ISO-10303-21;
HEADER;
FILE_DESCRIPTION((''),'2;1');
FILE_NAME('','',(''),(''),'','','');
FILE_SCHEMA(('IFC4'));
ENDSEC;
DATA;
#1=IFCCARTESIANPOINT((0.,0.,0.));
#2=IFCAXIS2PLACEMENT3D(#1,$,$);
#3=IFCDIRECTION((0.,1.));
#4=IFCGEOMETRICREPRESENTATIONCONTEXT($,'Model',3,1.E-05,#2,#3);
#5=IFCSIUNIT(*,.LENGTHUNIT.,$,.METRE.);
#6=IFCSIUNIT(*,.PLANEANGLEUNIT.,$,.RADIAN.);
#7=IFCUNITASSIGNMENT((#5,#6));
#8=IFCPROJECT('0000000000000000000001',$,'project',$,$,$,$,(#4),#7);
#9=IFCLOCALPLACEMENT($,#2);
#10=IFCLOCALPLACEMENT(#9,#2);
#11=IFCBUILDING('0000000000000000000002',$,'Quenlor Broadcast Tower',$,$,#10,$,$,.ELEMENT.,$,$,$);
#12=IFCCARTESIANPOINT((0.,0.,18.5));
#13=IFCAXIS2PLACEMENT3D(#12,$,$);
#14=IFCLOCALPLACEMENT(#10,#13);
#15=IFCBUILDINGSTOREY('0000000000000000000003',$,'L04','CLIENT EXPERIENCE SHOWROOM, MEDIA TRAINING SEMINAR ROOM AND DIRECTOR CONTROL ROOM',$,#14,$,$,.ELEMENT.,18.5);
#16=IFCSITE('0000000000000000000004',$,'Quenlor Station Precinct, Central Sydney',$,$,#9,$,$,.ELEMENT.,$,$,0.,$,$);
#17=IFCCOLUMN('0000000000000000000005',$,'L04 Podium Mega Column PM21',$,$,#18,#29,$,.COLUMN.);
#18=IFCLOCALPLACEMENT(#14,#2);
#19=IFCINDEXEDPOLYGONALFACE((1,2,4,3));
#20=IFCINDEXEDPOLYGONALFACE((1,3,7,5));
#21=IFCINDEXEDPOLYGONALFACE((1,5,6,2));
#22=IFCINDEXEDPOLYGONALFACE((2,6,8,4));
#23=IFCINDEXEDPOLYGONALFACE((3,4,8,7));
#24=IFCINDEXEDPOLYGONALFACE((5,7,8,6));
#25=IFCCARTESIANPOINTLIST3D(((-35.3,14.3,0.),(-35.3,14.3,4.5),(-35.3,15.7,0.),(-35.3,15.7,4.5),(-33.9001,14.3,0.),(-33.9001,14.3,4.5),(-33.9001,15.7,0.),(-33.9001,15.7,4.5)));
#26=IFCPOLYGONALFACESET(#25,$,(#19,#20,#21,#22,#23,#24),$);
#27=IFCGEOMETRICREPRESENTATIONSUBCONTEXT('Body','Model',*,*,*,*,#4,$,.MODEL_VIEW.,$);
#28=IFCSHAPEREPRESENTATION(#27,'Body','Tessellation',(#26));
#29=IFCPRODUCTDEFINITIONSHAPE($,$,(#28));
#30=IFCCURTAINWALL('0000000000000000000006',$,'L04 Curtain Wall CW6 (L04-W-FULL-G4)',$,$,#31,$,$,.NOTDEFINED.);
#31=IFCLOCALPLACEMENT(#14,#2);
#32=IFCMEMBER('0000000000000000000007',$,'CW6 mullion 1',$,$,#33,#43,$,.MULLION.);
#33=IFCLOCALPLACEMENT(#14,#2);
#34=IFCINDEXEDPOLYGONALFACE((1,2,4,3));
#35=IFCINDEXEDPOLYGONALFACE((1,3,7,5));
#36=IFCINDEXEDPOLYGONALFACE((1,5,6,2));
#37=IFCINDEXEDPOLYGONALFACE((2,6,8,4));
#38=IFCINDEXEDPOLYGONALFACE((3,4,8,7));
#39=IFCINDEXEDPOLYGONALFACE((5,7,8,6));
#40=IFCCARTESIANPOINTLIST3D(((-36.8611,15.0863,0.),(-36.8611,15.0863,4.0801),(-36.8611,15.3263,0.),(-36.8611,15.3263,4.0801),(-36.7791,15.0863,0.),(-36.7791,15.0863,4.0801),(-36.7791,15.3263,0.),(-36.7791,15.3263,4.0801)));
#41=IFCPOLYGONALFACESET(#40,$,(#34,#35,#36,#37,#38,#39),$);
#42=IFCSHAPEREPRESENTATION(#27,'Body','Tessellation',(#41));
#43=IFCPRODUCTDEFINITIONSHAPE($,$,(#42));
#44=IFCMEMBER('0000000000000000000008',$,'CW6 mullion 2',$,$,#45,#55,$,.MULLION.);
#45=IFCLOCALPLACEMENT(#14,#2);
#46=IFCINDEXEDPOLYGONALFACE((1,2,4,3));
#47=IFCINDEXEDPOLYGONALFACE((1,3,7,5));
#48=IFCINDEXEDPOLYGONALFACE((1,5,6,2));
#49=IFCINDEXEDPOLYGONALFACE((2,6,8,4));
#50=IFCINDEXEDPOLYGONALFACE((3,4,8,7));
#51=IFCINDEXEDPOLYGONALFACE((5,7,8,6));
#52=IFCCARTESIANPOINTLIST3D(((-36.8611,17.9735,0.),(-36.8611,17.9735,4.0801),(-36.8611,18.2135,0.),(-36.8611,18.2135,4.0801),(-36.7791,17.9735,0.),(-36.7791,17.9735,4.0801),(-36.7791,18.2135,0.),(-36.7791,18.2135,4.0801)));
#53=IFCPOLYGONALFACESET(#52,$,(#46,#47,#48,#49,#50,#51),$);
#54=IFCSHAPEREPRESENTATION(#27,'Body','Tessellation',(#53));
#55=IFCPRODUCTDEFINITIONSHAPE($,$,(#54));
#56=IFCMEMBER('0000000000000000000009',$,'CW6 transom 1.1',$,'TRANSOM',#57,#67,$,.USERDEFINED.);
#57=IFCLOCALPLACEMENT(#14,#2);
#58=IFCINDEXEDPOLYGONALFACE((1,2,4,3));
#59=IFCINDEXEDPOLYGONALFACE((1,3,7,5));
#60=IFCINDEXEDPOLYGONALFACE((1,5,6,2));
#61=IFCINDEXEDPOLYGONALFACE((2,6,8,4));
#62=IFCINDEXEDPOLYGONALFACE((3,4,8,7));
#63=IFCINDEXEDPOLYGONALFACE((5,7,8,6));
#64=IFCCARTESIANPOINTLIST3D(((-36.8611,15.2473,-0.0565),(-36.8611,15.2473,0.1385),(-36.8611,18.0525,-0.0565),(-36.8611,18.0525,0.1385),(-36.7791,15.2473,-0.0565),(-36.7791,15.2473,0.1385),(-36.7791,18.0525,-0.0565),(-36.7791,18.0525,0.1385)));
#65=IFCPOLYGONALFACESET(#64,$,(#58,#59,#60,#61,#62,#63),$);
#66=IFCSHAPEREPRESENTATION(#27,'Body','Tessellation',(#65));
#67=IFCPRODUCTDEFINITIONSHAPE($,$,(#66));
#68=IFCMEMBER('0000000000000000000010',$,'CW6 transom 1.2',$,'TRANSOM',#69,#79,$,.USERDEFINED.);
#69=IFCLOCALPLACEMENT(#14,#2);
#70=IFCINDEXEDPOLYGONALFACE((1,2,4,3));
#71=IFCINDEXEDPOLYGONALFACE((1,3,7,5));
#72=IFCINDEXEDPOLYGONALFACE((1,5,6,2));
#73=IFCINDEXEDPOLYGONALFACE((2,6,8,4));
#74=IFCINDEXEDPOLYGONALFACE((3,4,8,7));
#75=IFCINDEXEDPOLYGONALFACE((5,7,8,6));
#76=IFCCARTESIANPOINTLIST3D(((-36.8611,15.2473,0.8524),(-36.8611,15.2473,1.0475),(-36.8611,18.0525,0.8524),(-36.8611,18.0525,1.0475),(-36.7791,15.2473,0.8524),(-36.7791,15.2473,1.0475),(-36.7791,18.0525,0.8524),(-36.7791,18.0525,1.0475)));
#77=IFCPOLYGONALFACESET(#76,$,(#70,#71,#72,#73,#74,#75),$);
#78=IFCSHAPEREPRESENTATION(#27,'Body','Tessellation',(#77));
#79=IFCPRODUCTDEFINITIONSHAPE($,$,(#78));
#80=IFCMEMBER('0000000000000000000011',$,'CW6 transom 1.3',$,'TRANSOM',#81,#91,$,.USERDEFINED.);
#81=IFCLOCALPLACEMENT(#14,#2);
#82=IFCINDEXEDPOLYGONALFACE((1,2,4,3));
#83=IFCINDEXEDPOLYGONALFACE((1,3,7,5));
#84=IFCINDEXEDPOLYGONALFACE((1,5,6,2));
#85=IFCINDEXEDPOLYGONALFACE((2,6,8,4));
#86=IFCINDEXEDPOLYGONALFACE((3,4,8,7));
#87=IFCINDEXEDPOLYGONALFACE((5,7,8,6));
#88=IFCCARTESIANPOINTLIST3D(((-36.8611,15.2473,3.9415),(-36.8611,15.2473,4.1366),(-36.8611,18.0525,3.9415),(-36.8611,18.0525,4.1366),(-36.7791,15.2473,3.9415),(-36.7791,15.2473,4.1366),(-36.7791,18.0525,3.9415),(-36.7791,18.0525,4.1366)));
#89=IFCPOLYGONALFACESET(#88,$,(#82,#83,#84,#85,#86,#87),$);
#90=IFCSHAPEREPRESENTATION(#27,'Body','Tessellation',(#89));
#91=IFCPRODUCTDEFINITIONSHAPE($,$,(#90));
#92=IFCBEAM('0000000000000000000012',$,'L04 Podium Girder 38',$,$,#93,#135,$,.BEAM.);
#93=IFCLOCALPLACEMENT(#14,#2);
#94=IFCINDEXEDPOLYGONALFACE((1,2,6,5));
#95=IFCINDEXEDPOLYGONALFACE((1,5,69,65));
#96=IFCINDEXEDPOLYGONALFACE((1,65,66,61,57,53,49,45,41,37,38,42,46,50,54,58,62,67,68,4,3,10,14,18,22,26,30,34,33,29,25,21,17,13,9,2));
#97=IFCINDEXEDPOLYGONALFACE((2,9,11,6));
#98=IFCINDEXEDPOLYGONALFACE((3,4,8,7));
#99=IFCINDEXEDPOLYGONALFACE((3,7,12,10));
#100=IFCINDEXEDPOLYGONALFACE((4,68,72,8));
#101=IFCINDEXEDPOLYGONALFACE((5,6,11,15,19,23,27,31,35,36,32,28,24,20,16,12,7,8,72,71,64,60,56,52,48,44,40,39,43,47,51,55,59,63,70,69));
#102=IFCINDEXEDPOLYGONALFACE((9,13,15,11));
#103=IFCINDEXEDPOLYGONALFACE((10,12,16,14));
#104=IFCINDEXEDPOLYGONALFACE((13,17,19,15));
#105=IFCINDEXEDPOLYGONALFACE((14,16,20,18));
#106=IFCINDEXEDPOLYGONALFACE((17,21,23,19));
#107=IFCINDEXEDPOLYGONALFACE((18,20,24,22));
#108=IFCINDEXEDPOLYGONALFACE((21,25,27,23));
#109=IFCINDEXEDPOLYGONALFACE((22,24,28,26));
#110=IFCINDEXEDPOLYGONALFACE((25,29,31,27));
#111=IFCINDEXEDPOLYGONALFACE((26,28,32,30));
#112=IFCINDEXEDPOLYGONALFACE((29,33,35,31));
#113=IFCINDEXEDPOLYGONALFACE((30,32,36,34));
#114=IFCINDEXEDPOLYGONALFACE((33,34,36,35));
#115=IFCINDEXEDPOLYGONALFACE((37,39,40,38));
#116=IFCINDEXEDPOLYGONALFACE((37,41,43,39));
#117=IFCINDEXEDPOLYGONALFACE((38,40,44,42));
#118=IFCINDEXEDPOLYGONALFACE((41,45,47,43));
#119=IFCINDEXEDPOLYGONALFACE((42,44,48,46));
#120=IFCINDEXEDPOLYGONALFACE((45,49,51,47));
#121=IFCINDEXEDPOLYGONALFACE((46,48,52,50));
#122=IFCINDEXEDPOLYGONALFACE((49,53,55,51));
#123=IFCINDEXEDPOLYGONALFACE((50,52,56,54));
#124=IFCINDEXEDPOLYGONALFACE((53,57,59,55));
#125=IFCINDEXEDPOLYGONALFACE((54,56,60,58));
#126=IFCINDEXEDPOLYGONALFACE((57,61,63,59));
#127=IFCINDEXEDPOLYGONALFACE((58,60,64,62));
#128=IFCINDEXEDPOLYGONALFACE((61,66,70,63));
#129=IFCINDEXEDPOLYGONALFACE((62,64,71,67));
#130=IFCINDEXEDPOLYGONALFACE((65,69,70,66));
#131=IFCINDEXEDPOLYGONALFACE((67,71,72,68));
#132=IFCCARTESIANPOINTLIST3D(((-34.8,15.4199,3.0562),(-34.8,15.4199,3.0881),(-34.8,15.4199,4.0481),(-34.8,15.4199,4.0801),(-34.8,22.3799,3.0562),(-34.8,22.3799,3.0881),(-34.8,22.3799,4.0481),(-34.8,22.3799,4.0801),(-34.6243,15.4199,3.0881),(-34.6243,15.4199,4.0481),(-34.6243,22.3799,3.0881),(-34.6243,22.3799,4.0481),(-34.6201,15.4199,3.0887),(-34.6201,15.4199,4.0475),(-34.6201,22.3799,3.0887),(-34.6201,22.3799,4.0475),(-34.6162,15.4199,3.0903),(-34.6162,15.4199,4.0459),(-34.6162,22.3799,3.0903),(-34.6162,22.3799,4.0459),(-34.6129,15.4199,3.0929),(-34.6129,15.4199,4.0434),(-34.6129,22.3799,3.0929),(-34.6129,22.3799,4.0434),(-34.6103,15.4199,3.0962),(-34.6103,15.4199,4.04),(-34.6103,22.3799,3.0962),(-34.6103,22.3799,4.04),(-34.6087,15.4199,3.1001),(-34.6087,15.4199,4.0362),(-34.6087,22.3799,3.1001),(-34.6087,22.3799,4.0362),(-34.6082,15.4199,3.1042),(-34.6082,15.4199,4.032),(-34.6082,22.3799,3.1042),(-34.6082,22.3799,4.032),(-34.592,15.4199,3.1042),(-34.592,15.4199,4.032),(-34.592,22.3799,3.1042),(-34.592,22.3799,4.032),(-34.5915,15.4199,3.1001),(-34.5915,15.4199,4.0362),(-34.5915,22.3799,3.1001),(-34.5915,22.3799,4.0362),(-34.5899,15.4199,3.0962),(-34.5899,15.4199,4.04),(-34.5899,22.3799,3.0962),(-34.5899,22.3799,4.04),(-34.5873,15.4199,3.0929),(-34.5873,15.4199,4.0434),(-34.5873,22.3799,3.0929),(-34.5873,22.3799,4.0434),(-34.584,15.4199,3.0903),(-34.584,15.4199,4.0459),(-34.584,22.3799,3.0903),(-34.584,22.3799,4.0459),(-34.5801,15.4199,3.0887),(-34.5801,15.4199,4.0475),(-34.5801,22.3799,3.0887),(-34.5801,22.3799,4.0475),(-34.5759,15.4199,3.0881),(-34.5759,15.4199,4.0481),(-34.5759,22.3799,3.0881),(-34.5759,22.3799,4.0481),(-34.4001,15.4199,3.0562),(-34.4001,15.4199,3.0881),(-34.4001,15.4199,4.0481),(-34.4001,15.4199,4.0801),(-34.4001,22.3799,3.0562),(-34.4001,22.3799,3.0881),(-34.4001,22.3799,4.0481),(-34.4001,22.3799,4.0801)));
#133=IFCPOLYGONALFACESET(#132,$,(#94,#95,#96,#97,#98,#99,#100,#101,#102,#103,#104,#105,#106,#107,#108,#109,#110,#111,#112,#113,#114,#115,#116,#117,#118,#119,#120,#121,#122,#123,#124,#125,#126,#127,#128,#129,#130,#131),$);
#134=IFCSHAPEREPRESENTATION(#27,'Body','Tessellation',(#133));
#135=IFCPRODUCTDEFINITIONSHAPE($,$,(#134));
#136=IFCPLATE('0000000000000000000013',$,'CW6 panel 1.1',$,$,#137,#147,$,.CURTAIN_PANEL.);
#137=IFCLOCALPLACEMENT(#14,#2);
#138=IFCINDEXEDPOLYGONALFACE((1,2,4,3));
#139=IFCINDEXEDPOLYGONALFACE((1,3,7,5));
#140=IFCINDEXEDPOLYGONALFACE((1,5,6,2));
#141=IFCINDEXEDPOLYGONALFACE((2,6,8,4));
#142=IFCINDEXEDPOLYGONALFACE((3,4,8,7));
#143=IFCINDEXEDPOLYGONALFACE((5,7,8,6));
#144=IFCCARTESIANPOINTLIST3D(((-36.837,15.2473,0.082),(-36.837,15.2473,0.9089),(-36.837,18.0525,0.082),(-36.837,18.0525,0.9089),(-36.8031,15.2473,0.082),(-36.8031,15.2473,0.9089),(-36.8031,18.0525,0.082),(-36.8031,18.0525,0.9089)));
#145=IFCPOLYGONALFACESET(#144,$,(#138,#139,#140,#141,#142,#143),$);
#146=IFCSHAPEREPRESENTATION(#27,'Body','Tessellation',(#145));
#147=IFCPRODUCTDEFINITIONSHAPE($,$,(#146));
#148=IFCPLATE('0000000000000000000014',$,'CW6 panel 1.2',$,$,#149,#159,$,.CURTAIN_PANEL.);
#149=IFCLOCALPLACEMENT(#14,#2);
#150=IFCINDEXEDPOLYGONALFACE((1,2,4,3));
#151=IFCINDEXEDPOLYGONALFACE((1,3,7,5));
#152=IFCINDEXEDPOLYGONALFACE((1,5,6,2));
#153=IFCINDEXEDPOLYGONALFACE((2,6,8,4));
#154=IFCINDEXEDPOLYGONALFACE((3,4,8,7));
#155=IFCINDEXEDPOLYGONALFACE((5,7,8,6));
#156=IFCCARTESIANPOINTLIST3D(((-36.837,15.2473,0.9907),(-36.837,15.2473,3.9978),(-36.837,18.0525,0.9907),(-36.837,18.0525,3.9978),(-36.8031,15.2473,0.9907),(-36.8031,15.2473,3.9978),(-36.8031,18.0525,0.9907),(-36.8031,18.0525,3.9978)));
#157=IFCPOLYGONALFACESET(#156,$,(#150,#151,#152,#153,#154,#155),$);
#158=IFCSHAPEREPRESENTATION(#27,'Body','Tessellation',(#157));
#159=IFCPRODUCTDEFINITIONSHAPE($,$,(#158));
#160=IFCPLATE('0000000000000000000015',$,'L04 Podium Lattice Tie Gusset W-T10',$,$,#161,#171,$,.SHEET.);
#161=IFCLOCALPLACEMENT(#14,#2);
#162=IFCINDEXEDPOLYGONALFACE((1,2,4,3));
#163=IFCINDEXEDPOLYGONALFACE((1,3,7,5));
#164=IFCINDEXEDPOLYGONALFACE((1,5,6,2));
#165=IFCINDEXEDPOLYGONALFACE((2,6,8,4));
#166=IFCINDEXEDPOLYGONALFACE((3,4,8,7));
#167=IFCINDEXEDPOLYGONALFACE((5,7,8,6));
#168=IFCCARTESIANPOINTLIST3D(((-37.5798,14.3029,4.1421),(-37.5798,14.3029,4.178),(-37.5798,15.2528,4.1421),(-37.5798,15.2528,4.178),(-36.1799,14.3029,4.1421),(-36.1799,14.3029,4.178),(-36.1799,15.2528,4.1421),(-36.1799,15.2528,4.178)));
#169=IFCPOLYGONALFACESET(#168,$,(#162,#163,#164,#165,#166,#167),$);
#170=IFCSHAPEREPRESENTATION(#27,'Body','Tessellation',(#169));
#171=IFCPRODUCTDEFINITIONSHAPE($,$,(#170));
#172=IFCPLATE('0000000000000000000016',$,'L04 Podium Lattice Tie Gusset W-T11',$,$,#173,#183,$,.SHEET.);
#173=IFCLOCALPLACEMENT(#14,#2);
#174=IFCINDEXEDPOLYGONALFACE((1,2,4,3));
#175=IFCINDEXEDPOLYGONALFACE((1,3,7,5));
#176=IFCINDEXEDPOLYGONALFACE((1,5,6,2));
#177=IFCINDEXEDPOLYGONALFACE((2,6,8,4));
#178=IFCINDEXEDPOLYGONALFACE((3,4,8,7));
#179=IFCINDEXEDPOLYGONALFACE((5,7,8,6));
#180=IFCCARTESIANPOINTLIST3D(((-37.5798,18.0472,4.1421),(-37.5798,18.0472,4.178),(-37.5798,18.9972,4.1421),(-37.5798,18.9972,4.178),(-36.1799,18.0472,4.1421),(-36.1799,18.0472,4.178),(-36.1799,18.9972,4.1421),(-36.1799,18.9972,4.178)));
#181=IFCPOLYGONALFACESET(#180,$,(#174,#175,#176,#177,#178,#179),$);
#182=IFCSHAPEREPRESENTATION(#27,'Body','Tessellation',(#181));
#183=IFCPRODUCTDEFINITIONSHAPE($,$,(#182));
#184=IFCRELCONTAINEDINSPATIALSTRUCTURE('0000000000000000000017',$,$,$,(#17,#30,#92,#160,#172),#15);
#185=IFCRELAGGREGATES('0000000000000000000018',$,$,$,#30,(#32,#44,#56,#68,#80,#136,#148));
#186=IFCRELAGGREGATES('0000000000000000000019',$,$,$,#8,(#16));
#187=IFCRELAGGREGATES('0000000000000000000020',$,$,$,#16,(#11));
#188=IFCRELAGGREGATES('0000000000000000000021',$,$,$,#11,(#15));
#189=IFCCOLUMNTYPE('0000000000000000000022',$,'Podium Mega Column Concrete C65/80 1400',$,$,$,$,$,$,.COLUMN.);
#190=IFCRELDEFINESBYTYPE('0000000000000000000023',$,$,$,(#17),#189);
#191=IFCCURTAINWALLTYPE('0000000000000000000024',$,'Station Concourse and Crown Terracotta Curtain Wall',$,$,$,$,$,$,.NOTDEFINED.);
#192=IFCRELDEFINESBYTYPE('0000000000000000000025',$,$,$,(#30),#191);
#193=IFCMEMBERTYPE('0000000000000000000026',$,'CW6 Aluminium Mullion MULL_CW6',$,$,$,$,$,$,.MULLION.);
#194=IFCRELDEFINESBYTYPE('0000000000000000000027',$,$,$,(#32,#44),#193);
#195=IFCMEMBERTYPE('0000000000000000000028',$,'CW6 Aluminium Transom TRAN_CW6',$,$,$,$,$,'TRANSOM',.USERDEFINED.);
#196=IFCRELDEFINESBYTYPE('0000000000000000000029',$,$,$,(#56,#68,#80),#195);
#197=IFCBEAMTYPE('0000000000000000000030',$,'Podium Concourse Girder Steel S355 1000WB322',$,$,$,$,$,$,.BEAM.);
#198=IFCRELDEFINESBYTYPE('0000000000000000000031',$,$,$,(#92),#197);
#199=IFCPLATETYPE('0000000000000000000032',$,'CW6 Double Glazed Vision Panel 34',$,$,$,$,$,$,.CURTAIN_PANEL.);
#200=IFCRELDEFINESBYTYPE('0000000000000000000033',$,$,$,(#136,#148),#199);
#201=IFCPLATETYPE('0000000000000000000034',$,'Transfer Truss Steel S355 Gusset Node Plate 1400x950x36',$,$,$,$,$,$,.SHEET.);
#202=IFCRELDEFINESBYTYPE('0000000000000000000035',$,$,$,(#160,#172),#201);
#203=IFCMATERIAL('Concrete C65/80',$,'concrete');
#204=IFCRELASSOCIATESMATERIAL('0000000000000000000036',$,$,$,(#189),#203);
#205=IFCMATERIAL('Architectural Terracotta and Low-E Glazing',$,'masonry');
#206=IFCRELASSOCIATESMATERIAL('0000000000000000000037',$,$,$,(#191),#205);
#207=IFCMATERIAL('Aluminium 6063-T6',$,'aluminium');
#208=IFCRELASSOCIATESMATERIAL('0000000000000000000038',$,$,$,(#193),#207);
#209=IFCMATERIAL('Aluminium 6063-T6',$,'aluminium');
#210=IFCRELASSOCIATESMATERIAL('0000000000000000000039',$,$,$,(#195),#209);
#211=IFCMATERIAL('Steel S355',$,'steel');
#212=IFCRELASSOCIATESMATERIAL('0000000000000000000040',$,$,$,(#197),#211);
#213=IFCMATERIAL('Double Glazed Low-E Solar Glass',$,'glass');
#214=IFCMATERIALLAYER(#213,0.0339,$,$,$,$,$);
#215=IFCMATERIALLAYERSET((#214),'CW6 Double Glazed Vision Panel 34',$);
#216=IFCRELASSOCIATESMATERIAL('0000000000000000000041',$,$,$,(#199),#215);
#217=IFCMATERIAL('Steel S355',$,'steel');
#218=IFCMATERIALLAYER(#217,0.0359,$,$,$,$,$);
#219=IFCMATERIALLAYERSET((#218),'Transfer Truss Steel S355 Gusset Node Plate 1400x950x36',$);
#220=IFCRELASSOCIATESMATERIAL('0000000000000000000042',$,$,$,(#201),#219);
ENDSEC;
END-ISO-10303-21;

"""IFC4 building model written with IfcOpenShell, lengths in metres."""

from ifc_helpers import new_model, si_unit, direction, frame, origin, origin_2d, place, context, subcontext, project, spatial, rectangle, i_section, extrude, material, layer, layer_set, material_profile, profile_set, type_object, element, aggregate, save


model = new_model("IFC4")

# Units and contexts
model_context = context("Model", 3, precision=1e-05, world=origin(), true_north=direction((0.0, 1.0)))
body_context = subcontext(model_context, "Body", "Model", "MODEL_VIEW")
ifc_project = project(units=[si_unit("LENGTHUNIT", "METRE"), si_unit("PLANEANGLEUNIT", "RADIAN")], contexts=[model_context])

# Site, building, storey
site_placement = place(None, origin())
site = spatial("IfcSite", under=ifc_project, at=site_placement, Name="Quenlor Station Precinct, Central Sydney", CompositionType="ELEMENT", RefElevation=0.0)
building_placement = place(site_placement, origin())
building = spatial("IfcBuilding", under=site, at=building_placement, Name="Quenlor Broadcast Tower", CompositionType="ELEMENT")
storey_placement = place(building_placement, frame((0.0, 0.0, 18.5)))
storey = spatial("IfcBuildingStorey", under=building, at=storey_placement, Name="L04", Description="CLIENT EXPERIENCE SHOWROOM, MEDIA TRAINING SEMINAR ROOM AND DIRECTOR CONTROL ROOM", CompositionType="ELEMENT", Elevation=18.5)

# Column
ifc_material_1 = material(Name="Concrete C65/80", Category="concrete")
ifc_material_profile_1 = material_profile(ifc_material_1, rectangle(XDim=1.3999, YDim=1.3999, at=origin_2d()))
ifc_profile_set_1 = profile_set([ifc_material_profile_1], Name="Concrete C65/80 RC1400x1400")
column_type = type_object("IfcColumnType", Name="Podium Mega Column Concrete C65/80 1400", PredefinedType="COLUMN", material=ifc_profile_set_1)
column_placement = place(storey_placement, frame((-34.6001, 15.0, 0.0), z_axis=(0.0, 0.0, 1.0), x_axis=(1.0, 0.0, 0.0)))
element("IfcColumn", 1, at=column_placement, inside=storey, type_object=column_type, Name="L04 Podium Mega Column PM21", PredefinedType="COLUMN", context=body_context, shape_type="SweptSolid", body=[
    extrude(rectangle(XDim=1.3999, YDim=1.3999, at=origin_2d()), origin(), (0.0, 0.0, 1.0), 4.5),
])

# Curtain wall, members
ifc_material_2 = material(Name="Architectural Terracotta and Low-E Glazing", Category="masonry")
curtain_wall_type = type_object("IfcCurtainWallType", Name="Station Concourse and Crown Terracotta Curtain Wall", PredefinedType="NOTDEFINED", material=ifc_material_2)
curtain_wall_placement = place(storey_placement, origin())
curtain_wall = element("IfcCurtainWall", 2, at=curtain_wall_placement, inside=storey, type_object=curtain_wall_type, Name="L04 Curtain Wall CW6 (L04-W-FULL-G4)", PredefinedType="NOTDEFINED")
ifc_material_3 = material(Name="Aluminium 6063-T6", Category="aluminium")
ifc_material_profile_2 = material_profile(ifc_material_3, rectangle(XDim=0.082, YDim=0.24, at=origin_2d()))
ifc_profile_set_2 = profile_set([ifc_material_profile_2], Name="Aluminium 6063-T6 MULL82x240")
member_type_1 = type_object("IfcMemberType", Name="CW6 Aluminium Mullion MULL_CW6", PredefinedType="MULLION", material=ifc_profile_set_2)
member_1_placement = place(storey_placement, frame((-36.8201, 15.2063, 0.0), z_axis=(0.0, 0.0, 1.0), x_axis=(-1.0, 0.0, 0.0)))
member_1 = element("IfcMember", 3, at=member_1_placement, type_object=member_type_1, Name="CW6 mullion 1", PredefinedType="MULLION", context=body_context, shape_type="SweptSolid", body=[
    extrude(rectangle(XDim=0.082, YDim=0.24, at=origin_2d()), origin(), (0.0, 0.0, 1.0), 4.0801),
])
member_2_placement = place(storey_placement, frame((-36.8201, 18.0935, 0.0), z_axis=(0.0, 0.0, 1.0), x_axis=(-1.0, 0.0, 0.0)))
member_2 = element("IfcMember", 4, at=member_2_placement, type_object=member_type_1, Name="CW6 mullion 2", PredefinedType="MULLION", context=body_context, shape_type="SweptSolid", body=[
    extrude(rectangle(XDim=0.082, YDim=0.24, at=origin_2d()), origin(), (0.0, 0.0, 1.0), 4.0801),
])
ifc_material_4 = material(Name="Aluminium 6063-T6", Category="aluminium")
ifc_material_profile_3 = material_profile(ifc_material_4, rectangle(XDim=0.082, YDim=0.1951, at=origin_2d()))
ifc_profile_set_3 = profile_set([ifc_material_profile_3], Name="Aluminium 6063-T6 TRAN82x195")
member_type_2 = type_object("IfcMemberType", Name="CW6 Aluminium Transom TRAN_CW6", ElementType="TRANSOM", PredefinedType="USERDEFINED", material=ifc_profile_set_3)
member_3_placement = place(storey_placement, frame((-36.8201, 15.2473, 0.041), z_axis=(0.0, 1.0, 0.0), x_axis=(-1.0, 0.0, 0.0)))
member_3 = element("IfcMember", 5, at=member_3_placement, type_object=member_type_2, Name="CW6 transom 1.1", ObjectType="TRANSOM", PredefinedType="USERDEFINED", context=body_context, shape_type="SweptSolid", body=[
    extrude(rectangle(XDim=0.082, YDim=0.1951, at=origin_2d()), origin(), (0.0, 0.0, 1.0), 2.8052),
])
member_4_placement = place(storey_placement, frame((-36.8201, 15.2473, 0.95), z_axis=(0.0, 1.0, 0.0), x_axis=(-1.0, 0.0, 0.0)))
member_4 = element("IfcMember", 6, at=member_4_placement, type_object=member_type_2, Name="CW6 transom 1.2", ObjectType="TRANSOM", PredefinedType="USERDEFINED", context=body_context, shape_type="SweptSolid", body=[
    extrude(rectangle(XDim=0.082, YDim=0.1951, at=origin_2d()), origin(), (0.0, 0.0, 1.0), 2.8052),
])
member_5_placement = place(storey_placement, frame((-36.8201, 15.2473, 4.0391), z_axis=(0.0, 1.0, 0.0), x_axis=(-1.0, 0.0, 0.0)))
member_5 = element("IfcMember", 7, at=member_5_placement, type_object=member_type_2, Name="CW6 transom 1.3", ObjectType="TRANSOM", PredefinedType="USERDEFINED", context=body_context, shape_type="SweptSolid", body=[
    extrude(rectangle(XDim=0.082, YDim=0.1951, at=origin_2d()), origin(), (0.0, 0.0, 1.0), 2.8052),
])

# Beam
ifc_material_5 = material(Name="Steel S355", Category="steel")
ifc_material_profile_4 = material_profile(ifc_material_5, i_section(OverallWidth=0.3999, OverallDepth=1.0239, WebThickness=0.0161, FlangeThickness=0.032, FilletRadius=0.0161, at=origin_2d()))
ifc_profile_set_4 = profile_set([ifc_material_profile_4], Name="Steel S355 1000WB322")
beam_type = type_object("IfcBeamType", Name="Podium Concourse Girder Steel S355 1000WB322", PredefinedType="BEAM", material=ifc_profile_set_4)
beam_placement = place(storey_placement, frame((-34.6001, 15.4199, 3.5681), z_axis=(0.0, 1.0, 0.0), x_axis=(-1.0, 0.0, 0.0)))
element("IfcBeam", 8, at=beam_placement, inside=storey, type_object=beam_type, Name="L04 Podium Girder 38", PredefinedType="BEAM", context=body_context, shape_type="SweptSolid", body=[
    extrude(i_section(OverallWidth=0.3999, OverallDepth=1.0239, WebThickness=0.0161, FlangeThickness=0.032, FilletRadius=0.0161, at=origin_2d()), origin(), (0.0, 0.0, 1.0), 6.96),
])

# Plates
ifc_material_6 = material(Name="Double Glazed Low-E Solar Glass", Category="glass")
ifc_layer_1 = layer(ifc_material_6, 0.0339)
ifc_layer_set_1 = layer_set([ifc_layer_1], Name="CW6 Double Glazed Vision Panel 34")
plate_type_1 = type_object("IfcPlateType", Name="CW6 Double Glazed Vision Panel 34", PredefinedType="CURTAIN_PANEL", material=ifc_layer_set_1)
plate_1_placement = place(storey_placement, frame((-36.8201, 16.6499, 0.082), z_axis=(0.0, 0.0, 1.0), x_axis=(0.0, 1.0, 0.0)))
plate_1 = element("IfcPlate", 9, at=plate_1_placement, type_object=plate_type_1, Name="CW6 panel 1.1", PredefinedType="CURTAIN_PANEL", context=body_context, shape_type="SweptSolid", body=[
    extrude(rectangle(XDim=2.8052, YDim=0.0339, at=origin_2d()), origin(), (0.0, 0.0, 1.0), 0.8269),
])
plate_2_placement = place(storey_placement, frame((-36.8201, 16.6499, 0.9907), z_axis=(0.0, 0.0, 1.0), x_axis=(0.0, 1.0, 0.0)))
plate_2 = element("IfcPlate", 10, at=plate_2_placement, type_object=plate_type_1, Name="CW6 panel 1.2", PredefinedType="CURTAIN_PANEL", context=body_context, shape_type="SweptSolid", body=[
    extrude(rectangle(XDim=2.8052, YDim=0.0339, at=origin_2d()), origin(), (0.0, 0.0, 1.0), 3.0071),
])
aggregate(curtain_wall, [member_1, member_2, member_3, member_4, member_5, plate_1, plate_2])

# Plates
ifc_material_7 = material(Name="Steel S355", Category="steel")
ifc_layer_2 = layer(ifc_material_7, 0.0359)
ifc_layer_set_2 = layer_set([ifc_layer_2], Name="Transfer Truss Steel S355 Gusset Node Plate 1400x950x36")
plate_type_2 = type_object("IfcPlateType", Name="Transfer Truss Steel S355 Gusset Node Plate 1400x950x36", PredefinedType="SHEET", material=ifc_layer_set_2)
for number, where, z_axis, x_axis, name in (
    (11, (-36.8799, 14.7778, 4.1421), (0.0, 0.0, 1.0), (-1.0, 0.0, 0.0), "L04 Podium Lattice Tie Gusset W-T10"),
    (12, (-36.8799, 18.5222, 4.1421), (0.0, 0.0, 1.0), (-1.0, 0.0, 0.0), "L04 Podium Lattice Tie Gusset W-T11"),
):
    element("IfcPlate", number, at=place(storey_placement, frame(where, z_axis=z_axis, x_axis=x_axis)), inside=storey, type_object=plate_type_2, Name=name, PredefinedType="SHEET", context=body_context, shape_type="SweptSolid", body=[
        extrude(rectangle(XDim=1.3999, YDim=0.95, at=origin_2d()), origin(), (0.0, 0.0, 1.0), 0.0359),
    ])

save(model, "model.ifc")
